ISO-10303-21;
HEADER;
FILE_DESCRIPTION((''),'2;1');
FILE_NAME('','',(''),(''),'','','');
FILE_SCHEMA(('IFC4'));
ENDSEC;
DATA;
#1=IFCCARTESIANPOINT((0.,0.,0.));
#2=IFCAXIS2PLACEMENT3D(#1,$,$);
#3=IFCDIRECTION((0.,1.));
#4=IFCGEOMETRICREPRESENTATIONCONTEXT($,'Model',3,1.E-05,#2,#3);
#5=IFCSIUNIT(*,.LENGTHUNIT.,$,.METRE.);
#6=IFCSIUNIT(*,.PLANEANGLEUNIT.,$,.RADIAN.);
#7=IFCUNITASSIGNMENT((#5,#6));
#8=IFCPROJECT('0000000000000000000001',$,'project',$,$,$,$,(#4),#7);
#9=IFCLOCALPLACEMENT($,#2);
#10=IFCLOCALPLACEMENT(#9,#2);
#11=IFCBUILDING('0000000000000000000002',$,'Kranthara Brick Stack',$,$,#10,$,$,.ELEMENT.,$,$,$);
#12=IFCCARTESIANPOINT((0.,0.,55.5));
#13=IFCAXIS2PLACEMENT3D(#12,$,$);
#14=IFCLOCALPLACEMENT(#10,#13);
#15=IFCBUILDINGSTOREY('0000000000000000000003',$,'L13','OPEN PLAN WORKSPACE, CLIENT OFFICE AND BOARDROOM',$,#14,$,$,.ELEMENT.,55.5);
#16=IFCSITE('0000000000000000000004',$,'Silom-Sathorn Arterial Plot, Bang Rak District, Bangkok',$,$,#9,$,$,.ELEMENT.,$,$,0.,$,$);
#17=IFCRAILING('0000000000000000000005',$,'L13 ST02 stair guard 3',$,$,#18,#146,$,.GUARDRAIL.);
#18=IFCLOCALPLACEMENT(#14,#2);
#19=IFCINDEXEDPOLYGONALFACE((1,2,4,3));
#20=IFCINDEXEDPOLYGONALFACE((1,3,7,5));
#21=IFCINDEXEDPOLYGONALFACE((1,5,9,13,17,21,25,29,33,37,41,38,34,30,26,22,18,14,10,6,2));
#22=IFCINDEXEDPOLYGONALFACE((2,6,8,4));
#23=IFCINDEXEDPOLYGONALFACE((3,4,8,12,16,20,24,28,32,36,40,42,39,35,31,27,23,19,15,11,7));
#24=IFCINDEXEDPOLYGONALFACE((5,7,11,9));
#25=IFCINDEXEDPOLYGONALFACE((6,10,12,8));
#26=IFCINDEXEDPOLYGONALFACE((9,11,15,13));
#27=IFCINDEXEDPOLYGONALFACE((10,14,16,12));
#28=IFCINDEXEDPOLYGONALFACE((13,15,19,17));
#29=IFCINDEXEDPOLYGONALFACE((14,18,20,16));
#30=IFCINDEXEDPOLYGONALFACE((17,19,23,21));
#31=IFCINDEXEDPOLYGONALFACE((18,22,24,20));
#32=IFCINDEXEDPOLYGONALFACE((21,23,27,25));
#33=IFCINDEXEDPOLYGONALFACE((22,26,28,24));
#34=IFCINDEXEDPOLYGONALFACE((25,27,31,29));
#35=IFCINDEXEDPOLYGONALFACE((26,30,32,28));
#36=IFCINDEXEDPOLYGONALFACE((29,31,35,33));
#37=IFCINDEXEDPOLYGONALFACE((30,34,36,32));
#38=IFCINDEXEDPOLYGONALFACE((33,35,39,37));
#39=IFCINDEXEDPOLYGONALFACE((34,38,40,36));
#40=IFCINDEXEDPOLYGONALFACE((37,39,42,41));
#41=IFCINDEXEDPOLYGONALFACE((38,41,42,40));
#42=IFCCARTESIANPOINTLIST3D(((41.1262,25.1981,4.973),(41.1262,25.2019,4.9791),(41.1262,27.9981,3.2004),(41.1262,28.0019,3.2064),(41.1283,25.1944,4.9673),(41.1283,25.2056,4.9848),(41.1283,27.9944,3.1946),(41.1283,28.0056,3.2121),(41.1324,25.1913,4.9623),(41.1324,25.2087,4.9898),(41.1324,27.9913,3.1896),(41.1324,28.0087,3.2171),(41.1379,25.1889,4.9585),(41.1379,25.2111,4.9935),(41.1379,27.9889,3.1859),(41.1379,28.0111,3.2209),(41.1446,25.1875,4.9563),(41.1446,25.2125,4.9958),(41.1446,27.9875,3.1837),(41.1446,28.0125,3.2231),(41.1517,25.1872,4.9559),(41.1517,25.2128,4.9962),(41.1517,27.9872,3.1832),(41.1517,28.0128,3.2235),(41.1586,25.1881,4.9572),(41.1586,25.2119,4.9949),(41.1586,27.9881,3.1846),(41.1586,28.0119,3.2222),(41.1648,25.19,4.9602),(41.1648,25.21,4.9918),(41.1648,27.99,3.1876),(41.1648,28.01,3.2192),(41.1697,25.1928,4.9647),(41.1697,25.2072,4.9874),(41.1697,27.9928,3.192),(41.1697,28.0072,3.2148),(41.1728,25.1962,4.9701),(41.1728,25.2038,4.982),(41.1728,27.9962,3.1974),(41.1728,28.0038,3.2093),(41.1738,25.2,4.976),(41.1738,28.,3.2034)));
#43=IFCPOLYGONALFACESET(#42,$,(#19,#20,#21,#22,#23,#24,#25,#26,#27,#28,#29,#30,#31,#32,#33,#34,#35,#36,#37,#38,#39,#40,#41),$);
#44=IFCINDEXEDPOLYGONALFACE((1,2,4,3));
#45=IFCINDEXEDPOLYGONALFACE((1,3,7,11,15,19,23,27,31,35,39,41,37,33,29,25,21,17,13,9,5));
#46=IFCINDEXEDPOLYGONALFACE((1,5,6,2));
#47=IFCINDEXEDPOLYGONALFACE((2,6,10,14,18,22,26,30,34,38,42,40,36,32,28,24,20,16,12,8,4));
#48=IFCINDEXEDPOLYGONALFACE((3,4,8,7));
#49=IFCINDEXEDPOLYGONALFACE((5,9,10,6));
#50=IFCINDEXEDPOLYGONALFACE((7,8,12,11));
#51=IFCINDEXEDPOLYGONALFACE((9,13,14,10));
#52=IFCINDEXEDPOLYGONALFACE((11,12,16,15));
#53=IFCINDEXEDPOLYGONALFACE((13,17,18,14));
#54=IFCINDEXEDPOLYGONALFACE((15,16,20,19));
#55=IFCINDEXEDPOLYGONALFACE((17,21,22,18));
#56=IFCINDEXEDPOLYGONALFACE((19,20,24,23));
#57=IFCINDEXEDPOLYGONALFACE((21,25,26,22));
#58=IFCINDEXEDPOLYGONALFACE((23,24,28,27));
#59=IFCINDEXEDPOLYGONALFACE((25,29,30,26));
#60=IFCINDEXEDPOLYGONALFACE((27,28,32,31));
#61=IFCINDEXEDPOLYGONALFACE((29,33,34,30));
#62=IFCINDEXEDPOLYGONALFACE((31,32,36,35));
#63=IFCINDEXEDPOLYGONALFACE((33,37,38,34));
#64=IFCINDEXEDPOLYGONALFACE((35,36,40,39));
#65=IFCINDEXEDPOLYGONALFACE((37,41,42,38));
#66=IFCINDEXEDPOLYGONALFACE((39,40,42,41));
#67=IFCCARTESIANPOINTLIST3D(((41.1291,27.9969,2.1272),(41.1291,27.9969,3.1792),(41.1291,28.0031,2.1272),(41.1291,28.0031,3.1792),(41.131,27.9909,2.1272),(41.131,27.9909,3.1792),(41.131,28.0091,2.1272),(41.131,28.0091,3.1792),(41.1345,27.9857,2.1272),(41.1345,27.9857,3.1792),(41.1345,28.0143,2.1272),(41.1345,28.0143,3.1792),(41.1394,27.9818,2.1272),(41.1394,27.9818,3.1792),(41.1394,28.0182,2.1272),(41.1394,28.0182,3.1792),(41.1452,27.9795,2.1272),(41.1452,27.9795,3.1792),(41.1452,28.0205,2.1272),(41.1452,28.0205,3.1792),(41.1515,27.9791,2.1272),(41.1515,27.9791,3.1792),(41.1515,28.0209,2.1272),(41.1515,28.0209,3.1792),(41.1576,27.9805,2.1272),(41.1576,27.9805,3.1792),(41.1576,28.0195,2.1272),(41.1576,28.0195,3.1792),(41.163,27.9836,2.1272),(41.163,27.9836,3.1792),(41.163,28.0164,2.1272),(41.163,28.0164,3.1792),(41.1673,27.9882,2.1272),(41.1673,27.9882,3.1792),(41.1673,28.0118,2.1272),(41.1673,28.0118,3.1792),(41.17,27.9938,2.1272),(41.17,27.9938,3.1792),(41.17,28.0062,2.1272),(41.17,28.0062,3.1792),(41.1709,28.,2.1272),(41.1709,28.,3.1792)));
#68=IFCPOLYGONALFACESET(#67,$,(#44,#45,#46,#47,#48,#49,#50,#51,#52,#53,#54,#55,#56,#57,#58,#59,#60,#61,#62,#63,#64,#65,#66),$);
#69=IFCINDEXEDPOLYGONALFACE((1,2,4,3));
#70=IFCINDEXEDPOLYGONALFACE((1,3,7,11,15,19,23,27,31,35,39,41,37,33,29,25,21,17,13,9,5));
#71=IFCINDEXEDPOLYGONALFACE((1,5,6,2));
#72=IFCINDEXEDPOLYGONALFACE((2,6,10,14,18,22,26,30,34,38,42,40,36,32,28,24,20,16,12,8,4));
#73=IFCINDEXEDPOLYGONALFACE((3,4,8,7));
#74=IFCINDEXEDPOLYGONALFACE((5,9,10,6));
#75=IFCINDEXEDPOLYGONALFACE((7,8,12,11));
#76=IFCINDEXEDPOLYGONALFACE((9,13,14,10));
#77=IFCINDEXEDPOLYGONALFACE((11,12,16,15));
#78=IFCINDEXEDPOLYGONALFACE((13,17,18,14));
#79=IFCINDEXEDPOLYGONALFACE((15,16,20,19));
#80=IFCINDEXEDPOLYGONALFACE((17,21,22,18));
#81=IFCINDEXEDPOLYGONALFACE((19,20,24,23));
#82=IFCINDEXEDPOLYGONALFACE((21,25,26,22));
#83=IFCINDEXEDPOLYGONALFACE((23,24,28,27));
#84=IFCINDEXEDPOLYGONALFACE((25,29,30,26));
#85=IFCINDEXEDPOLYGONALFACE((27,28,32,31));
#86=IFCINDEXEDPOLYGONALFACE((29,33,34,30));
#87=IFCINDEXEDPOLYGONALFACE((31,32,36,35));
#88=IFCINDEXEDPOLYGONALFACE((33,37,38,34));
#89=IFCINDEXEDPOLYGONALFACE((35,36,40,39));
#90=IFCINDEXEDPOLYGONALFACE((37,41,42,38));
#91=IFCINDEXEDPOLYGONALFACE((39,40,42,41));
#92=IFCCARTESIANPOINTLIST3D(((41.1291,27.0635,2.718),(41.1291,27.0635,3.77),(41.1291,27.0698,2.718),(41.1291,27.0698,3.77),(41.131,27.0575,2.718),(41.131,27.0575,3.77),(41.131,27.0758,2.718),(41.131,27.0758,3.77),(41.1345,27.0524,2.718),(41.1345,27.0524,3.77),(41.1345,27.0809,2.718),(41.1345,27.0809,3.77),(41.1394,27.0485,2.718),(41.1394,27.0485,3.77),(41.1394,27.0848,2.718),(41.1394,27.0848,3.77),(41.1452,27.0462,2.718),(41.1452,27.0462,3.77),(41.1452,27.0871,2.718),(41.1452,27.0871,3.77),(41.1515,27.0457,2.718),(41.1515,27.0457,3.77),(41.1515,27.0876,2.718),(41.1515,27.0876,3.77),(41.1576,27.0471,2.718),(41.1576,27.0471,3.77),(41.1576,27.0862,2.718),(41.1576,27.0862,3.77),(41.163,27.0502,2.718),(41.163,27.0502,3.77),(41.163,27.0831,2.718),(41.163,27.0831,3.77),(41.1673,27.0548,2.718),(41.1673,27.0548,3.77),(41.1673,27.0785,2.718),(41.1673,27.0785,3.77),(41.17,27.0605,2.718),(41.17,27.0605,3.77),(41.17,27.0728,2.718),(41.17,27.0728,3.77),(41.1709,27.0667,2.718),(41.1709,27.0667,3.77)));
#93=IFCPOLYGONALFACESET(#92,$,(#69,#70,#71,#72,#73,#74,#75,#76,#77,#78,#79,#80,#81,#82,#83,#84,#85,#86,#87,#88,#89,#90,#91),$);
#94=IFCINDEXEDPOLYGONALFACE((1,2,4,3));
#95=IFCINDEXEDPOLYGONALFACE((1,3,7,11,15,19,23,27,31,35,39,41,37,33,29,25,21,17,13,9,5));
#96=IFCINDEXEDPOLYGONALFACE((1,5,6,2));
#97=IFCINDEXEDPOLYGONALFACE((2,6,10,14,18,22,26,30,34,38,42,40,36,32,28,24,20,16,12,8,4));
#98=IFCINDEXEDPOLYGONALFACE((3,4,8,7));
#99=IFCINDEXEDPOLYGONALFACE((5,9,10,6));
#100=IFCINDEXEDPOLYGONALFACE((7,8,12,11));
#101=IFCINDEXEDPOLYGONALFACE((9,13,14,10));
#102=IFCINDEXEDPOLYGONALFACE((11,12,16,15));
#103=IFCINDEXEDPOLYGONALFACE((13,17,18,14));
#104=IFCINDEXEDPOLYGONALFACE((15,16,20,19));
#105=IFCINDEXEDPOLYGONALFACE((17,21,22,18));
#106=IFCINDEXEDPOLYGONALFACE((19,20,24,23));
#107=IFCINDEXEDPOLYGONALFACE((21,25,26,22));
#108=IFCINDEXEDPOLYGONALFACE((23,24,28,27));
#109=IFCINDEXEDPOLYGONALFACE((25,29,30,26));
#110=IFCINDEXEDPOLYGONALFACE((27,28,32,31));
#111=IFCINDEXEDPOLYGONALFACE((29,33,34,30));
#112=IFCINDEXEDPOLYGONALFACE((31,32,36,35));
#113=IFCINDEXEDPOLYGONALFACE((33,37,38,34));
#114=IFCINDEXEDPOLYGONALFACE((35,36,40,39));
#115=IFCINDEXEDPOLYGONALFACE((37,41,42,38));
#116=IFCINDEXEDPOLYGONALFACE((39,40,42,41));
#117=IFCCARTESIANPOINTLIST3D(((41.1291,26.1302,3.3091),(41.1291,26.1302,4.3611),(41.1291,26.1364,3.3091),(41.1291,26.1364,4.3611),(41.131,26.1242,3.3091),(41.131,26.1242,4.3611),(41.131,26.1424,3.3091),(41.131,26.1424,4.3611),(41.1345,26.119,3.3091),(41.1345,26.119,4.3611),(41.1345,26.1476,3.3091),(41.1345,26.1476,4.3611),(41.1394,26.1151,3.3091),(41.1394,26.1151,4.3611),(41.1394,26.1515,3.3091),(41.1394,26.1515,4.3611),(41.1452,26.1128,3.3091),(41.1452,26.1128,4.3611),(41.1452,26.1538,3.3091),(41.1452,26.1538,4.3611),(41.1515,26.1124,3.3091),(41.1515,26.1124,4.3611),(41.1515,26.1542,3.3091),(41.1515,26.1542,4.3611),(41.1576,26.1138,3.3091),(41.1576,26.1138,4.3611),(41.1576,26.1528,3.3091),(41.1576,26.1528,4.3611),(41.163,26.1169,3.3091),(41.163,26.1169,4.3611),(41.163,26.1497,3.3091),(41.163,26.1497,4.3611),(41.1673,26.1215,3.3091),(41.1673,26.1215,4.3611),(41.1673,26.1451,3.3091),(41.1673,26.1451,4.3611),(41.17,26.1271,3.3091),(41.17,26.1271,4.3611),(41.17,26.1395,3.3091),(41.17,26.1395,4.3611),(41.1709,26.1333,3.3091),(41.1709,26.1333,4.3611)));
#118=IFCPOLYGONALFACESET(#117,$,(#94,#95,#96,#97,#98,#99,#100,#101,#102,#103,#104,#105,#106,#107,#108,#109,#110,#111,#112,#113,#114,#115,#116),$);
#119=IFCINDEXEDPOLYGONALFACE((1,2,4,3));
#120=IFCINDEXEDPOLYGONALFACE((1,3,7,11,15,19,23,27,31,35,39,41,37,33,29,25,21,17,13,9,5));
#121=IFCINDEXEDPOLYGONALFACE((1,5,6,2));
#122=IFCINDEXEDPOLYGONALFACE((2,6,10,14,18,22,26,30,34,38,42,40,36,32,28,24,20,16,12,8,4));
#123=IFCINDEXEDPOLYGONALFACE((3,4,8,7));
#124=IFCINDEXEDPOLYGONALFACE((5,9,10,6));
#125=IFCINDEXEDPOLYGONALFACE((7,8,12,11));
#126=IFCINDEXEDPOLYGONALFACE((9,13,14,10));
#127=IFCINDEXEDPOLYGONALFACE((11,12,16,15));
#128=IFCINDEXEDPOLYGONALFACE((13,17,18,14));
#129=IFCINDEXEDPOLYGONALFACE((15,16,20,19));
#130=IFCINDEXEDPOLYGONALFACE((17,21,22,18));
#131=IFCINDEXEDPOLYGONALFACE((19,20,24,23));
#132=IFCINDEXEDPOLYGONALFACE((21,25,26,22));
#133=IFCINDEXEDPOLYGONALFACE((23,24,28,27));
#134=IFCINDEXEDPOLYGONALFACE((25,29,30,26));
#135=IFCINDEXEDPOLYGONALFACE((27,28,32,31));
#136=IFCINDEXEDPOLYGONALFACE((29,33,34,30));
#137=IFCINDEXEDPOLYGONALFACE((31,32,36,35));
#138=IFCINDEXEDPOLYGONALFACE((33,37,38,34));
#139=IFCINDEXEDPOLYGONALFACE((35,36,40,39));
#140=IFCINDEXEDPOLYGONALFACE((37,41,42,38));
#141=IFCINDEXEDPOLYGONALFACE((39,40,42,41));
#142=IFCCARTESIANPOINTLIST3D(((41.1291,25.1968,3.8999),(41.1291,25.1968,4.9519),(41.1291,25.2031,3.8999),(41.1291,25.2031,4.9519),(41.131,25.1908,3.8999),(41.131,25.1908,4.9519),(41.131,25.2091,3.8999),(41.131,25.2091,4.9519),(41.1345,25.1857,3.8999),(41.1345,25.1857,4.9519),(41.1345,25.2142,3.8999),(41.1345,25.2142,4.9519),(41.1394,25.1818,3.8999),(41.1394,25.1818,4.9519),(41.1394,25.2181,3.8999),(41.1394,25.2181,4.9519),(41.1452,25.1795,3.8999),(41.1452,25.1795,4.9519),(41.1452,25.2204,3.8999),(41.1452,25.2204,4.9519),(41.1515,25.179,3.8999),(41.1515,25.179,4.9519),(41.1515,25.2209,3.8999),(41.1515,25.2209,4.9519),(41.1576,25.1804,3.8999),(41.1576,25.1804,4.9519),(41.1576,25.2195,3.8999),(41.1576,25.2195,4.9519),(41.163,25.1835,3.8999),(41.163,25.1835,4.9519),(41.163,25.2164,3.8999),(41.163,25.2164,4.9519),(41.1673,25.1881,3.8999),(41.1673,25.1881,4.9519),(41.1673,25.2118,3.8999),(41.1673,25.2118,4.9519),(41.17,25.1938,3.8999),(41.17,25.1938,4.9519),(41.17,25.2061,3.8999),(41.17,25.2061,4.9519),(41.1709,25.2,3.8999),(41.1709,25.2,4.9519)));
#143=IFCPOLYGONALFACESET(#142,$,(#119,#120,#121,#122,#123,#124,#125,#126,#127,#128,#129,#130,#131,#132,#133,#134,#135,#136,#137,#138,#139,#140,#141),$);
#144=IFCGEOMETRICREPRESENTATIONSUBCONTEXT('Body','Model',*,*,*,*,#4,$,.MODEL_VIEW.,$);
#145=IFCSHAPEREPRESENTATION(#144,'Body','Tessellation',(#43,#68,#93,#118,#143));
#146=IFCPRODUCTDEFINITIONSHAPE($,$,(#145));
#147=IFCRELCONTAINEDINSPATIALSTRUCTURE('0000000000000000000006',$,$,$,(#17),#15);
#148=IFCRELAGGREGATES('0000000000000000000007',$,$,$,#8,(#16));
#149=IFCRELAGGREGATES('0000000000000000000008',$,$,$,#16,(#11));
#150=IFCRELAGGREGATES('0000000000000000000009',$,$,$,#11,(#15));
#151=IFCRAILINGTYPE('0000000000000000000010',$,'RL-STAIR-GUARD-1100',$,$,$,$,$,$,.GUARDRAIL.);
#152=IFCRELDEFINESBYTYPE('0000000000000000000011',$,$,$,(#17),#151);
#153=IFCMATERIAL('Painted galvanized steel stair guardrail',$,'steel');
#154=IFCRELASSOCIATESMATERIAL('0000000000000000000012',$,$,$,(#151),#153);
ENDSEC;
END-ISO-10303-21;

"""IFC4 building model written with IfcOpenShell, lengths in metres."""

from ifc_helpers import new_model, si_unit, direction, frame, origin, origin_2d, place, context, subcontext, project, spatial, circle, extrude, material, type_object, element, save


model = new_model("IFC4")

# Units and contexts
model_context = context("Model", 3, precision=1e-05, world=origin(), true_north=direction((0.0, 1.0)))
body_context = subcontext(model_context, "Body", "Model", "MODEL_VIEW")
ifc_project = project(units=[si_unit("LENGTHUNIT", "METRE"), si_unit("PLANEANGLEUNIT", "RADIAN")], contexts=[model_context])

# Site, building, storey
site_placement = place(None, origin())
site = spatial("IfcSite", under=ifc_project, at=site_placement, Name="Silom-Sathorn Arterial Plot, Bang Rak District, Bangkok", CompositionType="ELEMENT", RefElevation=0.0)
building_placement = place(site_placement, origin())
building = spatial("IfcBuilding", under=site, at=building_placement, Name="Kranthara Brick Stack", CompositionType="ELEMENT")
storey_placement = place(building_placement, frame((0.0, 0.0, 55.5)))
storey = spatial("IfcBuildingStorey", under=building, at=storey_placement, Name="L13", Description="OPEN PLAN WORKSPACE, CLIENT OFFICE AND BOARDROOM", CompositionType="ELEMENT", Elevation=55.5)

# Railing
ifc_material_1 = material(Name="Painted galvanized steel stair guardrail", Category="steel")
railing_type_1 = type_object("IfcRailingType", Name="RL-STAIR-GUARD-1100", PredefinedType="GUARDRAIL", material=ifc_material_1)
railing_1_placement = place(storey_placement, frame((41.1499, 28.0, 2.1272)))
element("IfcRailing", 1, at=railing_1_placement, inside=storey, type_object=railing_type_1, Name="L13 ST02 stair guard 3", PredefinedType="GUARDRAIL", context=body_context, shape_type="SweptSolid", body=[
    extrude(circle(Radius=0.0239, at=origin_2d()), frame((0.0, 0.0, 1.0762), z_axis=(0.0, -0.844909, 0.53491), x_axis=(1.0, 0.0, 0.0)), (0.0, 0.0, 1.0), 3.314),
    extrude(circle(Radius=0.021, at=origin_2d()), origin(), (0.0, 0.0, 1.0), 1.052),
    extrude(circle(Radius=0.021, at=origin_2d()), frame((0.0, -0.9333, 0.5908)), (0.0, 0.0, 1.0), 1.052),
    extrude(circle(Radius=0.021, at=origin_2d()), frame((0.0, -1.8667, 1.1819)), (0.0, 0.0, 1.0), 1.052),
    extrude(circle(Radius=0.021, at=origin_2d()), frame((0.0, -2.8, 1.7727)), (0.0, 0.0, 1.0), 1.052),
])

save(model, "model.ifc")
